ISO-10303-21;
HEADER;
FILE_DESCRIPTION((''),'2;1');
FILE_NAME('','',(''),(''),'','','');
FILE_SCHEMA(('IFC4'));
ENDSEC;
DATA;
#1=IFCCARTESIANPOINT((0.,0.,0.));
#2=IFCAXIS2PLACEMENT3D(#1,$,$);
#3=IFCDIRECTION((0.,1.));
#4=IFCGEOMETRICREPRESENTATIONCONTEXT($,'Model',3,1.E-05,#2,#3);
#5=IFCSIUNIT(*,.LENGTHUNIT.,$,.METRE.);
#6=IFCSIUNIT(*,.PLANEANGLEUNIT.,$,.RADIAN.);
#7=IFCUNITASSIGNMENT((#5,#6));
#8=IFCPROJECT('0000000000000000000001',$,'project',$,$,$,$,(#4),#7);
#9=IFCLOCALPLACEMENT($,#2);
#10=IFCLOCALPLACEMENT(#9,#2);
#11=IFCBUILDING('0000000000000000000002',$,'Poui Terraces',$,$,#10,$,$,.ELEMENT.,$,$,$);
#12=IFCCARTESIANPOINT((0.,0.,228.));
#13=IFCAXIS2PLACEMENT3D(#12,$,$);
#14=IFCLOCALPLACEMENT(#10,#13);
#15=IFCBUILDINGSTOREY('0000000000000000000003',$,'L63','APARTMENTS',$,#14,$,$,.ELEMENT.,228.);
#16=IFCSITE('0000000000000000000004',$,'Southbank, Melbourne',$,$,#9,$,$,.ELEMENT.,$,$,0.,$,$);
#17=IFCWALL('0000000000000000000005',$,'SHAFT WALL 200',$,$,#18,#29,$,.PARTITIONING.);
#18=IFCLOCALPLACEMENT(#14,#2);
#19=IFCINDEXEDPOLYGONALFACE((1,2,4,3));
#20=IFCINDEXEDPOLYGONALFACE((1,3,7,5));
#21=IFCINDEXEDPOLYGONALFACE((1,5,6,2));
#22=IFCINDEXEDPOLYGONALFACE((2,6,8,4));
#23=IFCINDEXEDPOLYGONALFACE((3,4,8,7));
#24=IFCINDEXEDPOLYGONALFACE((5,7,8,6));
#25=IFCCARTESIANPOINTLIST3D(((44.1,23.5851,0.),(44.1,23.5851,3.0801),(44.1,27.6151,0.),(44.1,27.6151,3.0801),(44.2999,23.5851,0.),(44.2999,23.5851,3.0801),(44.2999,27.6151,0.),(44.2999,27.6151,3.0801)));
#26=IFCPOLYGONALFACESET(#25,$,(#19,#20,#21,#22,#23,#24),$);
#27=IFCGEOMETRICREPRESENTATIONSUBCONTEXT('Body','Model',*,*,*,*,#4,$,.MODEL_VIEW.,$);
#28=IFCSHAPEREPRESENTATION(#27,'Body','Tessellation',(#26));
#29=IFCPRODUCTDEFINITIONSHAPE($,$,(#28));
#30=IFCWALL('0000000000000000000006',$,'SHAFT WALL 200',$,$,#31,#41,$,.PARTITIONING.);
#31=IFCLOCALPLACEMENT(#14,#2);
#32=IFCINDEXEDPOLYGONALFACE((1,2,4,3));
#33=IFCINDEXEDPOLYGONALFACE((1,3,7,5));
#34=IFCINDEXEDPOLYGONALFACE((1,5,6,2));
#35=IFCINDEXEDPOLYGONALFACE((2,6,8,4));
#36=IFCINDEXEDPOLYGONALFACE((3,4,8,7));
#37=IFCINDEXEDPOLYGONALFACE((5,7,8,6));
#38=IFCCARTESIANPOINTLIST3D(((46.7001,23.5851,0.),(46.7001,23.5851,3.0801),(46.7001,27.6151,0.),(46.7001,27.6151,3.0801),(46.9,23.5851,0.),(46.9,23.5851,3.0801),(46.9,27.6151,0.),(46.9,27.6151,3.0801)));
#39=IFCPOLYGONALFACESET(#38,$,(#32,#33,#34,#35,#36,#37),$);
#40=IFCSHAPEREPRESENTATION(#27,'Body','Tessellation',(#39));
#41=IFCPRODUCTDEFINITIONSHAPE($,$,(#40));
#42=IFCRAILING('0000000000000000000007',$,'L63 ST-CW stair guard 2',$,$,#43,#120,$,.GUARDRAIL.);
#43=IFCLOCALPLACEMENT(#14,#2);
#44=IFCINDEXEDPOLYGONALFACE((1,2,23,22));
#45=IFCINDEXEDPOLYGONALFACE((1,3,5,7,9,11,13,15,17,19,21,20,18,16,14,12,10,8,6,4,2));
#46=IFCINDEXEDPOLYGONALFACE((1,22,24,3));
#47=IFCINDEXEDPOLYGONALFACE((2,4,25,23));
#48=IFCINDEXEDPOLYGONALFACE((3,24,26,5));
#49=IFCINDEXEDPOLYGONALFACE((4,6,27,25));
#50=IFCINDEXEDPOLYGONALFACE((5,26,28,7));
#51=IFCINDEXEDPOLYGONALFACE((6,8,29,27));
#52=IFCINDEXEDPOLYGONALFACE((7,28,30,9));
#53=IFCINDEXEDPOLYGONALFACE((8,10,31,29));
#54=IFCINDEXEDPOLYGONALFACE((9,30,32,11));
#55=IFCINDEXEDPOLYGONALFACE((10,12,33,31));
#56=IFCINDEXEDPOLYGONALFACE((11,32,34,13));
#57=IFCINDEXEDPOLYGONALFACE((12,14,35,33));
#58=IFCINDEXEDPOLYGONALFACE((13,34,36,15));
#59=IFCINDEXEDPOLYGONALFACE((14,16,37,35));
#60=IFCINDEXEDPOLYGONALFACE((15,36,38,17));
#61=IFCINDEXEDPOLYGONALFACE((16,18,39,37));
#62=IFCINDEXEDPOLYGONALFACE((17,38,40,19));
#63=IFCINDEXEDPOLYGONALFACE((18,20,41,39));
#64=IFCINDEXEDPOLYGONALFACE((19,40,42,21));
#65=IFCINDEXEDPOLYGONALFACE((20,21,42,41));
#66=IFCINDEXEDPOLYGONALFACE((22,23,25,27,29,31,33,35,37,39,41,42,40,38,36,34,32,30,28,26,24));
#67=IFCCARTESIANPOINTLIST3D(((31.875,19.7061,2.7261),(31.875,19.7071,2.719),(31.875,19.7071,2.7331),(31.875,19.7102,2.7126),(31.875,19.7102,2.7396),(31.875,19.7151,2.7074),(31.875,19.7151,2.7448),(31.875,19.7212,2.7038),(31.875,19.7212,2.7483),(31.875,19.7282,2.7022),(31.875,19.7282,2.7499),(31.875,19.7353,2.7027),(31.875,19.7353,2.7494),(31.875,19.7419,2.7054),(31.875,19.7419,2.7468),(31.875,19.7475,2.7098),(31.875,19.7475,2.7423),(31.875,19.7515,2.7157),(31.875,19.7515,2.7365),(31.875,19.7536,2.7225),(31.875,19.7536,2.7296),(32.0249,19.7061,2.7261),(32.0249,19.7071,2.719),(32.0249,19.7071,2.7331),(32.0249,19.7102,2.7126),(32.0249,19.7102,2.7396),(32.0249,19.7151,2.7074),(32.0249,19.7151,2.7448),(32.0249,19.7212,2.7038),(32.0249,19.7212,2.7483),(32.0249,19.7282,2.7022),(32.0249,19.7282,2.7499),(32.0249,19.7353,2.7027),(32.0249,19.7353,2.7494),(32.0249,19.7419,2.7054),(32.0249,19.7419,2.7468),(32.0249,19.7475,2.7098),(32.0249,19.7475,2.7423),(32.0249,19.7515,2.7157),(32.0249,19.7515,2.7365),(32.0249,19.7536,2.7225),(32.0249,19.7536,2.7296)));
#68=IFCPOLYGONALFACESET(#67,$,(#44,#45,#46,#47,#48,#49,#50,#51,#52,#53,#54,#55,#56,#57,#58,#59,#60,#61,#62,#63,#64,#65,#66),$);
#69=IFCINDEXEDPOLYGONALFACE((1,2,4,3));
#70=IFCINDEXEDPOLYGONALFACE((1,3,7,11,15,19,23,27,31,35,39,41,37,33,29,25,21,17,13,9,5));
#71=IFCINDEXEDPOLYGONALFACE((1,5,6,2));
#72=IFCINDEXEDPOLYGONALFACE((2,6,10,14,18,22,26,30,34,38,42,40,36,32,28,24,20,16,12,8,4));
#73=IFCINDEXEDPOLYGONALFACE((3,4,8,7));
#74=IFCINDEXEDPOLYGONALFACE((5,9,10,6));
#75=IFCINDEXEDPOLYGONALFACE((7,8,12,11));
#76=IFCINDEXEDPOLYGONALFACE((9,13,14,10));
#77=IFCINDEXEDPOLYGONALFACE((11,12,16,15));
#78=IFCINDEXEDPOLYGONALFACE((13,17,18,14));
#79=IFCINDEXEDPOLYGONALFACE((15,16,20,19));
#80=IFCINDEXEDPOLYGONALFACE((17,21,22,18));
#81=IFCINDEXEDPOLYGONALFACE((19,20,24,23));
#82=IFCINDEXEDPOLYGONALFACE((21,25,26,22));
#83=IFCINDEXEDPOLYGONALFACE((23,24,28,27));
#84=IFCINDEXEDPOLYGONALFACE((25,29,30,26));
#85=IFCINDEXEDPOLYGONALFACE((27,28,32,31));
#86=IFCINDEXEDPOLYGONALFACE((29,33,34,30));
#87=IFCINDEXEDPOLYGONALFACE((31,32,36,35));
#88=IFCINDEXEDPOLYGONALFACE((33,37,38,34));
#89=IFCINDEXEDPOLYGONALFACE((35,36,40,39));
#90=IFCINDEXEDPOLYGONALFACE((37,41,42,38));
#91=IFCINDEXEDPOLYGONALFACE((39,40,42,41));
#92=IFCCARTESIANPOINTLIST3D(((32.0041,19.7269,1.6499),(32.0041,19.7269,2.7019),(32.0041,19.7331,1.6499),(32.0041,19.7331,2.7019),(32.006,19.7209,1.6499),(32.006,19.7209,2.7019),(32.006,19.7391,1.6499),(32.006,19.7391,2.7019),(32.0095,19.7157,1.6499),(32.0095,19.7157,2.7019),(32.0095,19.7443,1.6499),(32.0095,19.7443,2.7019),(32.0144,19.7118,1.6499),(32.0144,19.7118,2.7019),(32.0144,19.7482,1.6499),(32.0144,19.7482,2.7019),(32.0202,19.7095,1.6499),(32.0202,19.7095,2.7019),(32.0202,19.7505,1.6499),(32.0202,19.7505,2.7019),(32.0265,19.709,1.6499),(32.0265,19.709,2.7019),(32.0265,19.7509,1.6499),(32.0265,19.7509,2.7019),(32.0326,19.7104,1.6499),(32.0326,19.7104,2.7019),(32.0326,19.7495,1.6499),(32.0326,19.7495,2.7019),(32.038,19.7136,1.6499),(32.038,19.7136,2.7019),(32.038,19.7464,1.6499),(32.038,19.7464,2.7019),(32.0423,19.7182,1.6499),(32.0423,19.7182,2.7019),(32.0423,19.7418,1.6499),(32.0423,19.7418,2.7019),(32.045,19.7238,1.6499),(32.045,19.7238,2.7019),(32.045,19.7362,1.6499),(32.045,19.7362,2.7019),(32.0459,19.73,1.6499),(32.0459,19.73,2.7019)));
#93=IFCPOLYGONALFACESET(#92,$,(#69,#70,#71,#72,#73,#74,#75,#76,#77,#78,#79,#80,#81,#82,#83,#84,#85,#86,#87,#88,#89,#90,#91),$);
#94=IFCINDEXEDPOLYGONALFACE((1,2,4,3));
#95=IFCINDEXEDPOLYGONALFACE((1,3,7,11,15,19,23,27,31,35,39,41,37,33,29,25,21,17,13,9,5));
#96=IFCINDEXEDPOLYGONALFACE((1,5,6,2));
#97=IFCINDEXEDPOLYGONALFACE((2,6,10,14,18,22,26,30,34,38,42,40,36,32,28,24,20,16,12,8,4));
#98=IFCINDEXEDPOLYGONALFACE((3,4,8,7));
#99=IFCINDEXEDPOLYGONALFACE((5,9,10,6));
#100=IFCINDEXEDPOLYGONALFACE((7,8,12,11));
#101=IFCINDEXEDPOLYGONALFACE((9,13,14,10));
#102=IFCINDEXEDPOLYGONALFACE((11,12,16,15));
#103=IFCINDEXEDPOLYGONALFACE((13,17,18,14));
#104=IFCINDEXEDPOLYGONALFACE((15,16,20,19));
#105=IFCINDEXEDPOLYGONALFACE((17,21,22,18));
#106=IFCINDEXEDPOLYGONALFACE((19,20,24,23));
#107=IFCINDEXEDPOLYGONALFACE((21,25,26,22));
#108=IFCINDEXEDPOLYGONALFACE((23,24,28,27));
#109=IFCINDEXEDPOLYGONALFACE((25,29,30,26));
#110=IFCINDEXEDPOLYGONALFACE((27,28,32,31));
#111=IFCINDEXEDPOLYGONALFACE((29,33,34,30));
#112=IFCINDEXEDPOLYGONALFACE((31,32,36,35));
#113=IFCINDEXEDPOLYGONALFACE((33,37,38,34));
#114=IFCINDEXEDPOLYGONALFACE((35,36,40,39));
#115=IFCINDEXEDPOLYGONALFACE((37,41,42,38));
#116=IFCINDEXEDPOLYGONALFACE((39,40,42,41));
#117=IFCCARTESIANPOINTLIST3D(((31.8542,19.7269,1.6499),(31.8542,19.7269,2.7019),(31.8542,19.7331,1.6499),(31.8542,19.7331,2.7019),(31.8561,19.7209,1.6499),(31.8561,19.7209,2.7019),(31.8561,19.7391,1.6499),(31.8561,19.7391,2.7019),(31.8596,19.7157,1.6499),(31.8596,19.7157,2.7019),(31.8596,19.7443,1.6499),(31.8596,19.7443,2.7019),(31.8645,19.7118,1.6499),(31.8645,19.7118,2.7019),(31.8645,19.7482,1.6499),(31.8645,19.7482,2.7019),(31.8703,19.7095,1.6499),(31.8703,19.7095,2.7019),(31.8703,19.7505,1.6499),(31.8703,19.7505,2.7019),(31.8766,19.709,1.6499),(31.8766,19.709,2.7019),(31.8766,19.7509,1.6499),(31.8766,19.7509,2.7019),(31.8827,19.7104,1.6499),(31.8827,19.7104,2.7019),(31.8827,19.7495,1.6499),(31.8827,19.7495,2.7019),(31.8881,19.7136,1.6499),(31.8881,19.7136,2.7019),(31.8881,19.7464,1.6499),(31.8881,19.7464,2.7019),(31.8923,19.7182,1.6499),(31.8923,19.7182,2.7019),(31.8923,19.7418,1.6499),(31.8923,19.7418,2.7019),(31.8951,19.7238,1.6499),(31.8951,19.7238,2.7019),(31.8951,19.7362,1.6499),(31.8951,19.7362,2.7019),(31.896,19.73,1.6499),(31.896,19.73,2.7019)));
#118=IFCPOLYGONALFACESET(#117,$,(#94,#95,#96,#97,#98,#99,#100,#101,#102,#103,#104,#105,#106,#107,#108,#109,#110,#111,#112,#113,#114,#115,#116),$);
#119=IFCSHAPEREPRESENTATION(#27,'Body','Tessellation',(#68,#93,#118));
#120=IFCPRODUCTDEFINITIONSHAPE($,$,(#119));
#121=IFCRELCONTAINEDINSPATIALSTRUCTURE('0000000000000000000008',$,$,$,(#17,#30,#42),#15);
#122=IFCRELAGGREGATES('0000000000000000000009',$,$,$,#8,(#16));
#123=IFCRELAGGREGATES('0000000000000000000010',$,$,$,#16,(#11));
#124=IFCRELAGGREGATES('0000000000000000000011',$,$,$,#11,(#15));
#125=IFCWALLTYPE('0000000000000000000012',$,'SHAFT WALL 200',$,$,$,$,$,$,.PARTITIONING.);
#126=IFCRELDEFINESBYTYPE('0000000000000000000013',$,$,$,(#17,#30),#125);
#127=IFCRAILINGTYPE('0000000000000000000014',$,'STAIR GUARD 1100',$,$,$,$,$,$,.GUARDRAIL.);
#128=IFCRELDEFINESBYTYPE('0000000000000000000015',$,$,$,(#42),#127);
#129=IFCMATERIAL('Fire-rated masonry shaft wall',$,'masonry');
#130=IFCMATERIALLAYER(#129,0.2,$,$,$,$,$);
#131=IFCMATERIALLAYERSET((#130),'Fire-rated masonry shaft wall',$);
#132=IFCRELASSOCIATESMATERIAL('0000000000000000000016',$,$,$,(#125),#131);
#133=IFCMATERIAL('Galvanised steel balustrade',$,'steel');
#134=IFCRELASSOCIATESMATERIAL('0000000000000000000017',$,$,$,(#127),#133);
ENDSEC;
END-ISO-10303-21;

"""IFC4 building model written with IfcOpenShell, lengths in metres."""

from ifc_helpers import new_model, si_unit, direction, frame, frame_2d, origin, origin_2d, place, context, subcontext, project, spatial, rectangle, circle, extrude, material, layer, layer_set, type_object, element, save


model = new_model("IFC4")

# Units and contexts
model_context = context("Model", 3, precision=1e-05, world=origin(), true_north=direction((0.0, 1.0)))
body_context = subcontext(model_context, "Body", "Model", "MODEL_VIEW")
ifc_project = project(units=[si_unit("LENGTHUNIT", "METRE"), si_unit("PLANEANGLEUNIT", "RADIAN")], contexts=[model_context])

# Site, building, storey
site_placement = place(None, origin())
site = spatial("IfcSite", under=ifc_project, at=site_placement, Name="Southbank, Melbourne", CompositionType="ELEMENT", RefElevation=0.0)
building_placement = place(site_placement, origin())
building = spatial("IfcBuilding", under=site, at=building_placement, Name="Poui Terraces", CompositionType="ELEMENT")
storey_placement = place(building_placement, frame((0.0, 0.0, 228.0)))
storey = spatial("IfcBuildingStorey", under=building, at=storey_placement, Name="L63", Description="APARTMENTS", CompositionType="ELEMENT", Elevation=228.0)

# Walls
ifc_material_1 = material(Name="Fire-rated masonry shaft wall", Category="masonry")
ifc_layer_1 = layer(ifc_material_1, 0.2)
ifc_layer_set_1 = layer_set([ifc_layer_1], Name="Fire-rated masonry shaft wall")
wall_type_1 = type_object("IfcWallType", Name="SHAFT WALL 200", PredefinedType="PARTITIONING", material=ifc_layer_set_1)
for number, where, z_axis, x_axis, name in (
    (1, (44.2, 23.585, 0.0), (0.0, 0.0, 1.0), (0.0, 1.0, 0.0), "SHAFT WALL 200"),
    (2, (46.8, 23.585, 0.0), (0.0, 0.0, 1.0), (0.0, 1.0, 0.0), "SHAFT WALL 200"),
):
    element("IfcWall", number, at=place(storey_placement, frame(where, z_axis=z_axis, x_axis=x_axis)), inside=storey, type_object=wall_type_1, Name=name, PredefinedType="PARTITIONING", context=body_context, shape_type="SweptSolid", body=[
        extrude(rectangle(XDim=4.03, YDim=0.2, at=frame_2d((2.0151, 0.0))), origin(), (0.0, 0.0, 1.0), 3.0801),
    ])

# Railing
ifc_material_2 = material(Name="Galvanised steel balustrade", Category="steel")
railing_type = type_object("IfcRailingType", Name="STAIR GUARD 1100", PredefinedType="GUARDRAIL", material=ifc_material_2)
railing_placement = place(storey_placement, frame((32.0249, 19.73, 1.6499)))
element("IfcRailing", 3, at=railing_placement, inside=storey, type_object=railing_type, Name="L63 ST-CW stair guard 2", PredefinedType="GUARDRAIL", context=body_context, shape_type="SweptSolid", body=[
    extrude(circle(Radius=0.0239, at=origin_2d()), frame((0.0, 0.0, 1.0762), z_axis=(-1.0, 0.0, 0.0), x_axis=(0.0, -1.0, 0.0)), (0.0, 0.0, 1.0), 0.1499),
    extrude(circle(Radius=0.021, at=origin_2d()), origin(), (0.0, 0.0, 1.0), 1.052),
    extrude(circle(Radius=0.021, at=origin_2d()), frame((-0.1499, 0.0, 0.0)), (0.0, 0.0, 1.0), 1.052),
])

save(model, "model.ifc")
